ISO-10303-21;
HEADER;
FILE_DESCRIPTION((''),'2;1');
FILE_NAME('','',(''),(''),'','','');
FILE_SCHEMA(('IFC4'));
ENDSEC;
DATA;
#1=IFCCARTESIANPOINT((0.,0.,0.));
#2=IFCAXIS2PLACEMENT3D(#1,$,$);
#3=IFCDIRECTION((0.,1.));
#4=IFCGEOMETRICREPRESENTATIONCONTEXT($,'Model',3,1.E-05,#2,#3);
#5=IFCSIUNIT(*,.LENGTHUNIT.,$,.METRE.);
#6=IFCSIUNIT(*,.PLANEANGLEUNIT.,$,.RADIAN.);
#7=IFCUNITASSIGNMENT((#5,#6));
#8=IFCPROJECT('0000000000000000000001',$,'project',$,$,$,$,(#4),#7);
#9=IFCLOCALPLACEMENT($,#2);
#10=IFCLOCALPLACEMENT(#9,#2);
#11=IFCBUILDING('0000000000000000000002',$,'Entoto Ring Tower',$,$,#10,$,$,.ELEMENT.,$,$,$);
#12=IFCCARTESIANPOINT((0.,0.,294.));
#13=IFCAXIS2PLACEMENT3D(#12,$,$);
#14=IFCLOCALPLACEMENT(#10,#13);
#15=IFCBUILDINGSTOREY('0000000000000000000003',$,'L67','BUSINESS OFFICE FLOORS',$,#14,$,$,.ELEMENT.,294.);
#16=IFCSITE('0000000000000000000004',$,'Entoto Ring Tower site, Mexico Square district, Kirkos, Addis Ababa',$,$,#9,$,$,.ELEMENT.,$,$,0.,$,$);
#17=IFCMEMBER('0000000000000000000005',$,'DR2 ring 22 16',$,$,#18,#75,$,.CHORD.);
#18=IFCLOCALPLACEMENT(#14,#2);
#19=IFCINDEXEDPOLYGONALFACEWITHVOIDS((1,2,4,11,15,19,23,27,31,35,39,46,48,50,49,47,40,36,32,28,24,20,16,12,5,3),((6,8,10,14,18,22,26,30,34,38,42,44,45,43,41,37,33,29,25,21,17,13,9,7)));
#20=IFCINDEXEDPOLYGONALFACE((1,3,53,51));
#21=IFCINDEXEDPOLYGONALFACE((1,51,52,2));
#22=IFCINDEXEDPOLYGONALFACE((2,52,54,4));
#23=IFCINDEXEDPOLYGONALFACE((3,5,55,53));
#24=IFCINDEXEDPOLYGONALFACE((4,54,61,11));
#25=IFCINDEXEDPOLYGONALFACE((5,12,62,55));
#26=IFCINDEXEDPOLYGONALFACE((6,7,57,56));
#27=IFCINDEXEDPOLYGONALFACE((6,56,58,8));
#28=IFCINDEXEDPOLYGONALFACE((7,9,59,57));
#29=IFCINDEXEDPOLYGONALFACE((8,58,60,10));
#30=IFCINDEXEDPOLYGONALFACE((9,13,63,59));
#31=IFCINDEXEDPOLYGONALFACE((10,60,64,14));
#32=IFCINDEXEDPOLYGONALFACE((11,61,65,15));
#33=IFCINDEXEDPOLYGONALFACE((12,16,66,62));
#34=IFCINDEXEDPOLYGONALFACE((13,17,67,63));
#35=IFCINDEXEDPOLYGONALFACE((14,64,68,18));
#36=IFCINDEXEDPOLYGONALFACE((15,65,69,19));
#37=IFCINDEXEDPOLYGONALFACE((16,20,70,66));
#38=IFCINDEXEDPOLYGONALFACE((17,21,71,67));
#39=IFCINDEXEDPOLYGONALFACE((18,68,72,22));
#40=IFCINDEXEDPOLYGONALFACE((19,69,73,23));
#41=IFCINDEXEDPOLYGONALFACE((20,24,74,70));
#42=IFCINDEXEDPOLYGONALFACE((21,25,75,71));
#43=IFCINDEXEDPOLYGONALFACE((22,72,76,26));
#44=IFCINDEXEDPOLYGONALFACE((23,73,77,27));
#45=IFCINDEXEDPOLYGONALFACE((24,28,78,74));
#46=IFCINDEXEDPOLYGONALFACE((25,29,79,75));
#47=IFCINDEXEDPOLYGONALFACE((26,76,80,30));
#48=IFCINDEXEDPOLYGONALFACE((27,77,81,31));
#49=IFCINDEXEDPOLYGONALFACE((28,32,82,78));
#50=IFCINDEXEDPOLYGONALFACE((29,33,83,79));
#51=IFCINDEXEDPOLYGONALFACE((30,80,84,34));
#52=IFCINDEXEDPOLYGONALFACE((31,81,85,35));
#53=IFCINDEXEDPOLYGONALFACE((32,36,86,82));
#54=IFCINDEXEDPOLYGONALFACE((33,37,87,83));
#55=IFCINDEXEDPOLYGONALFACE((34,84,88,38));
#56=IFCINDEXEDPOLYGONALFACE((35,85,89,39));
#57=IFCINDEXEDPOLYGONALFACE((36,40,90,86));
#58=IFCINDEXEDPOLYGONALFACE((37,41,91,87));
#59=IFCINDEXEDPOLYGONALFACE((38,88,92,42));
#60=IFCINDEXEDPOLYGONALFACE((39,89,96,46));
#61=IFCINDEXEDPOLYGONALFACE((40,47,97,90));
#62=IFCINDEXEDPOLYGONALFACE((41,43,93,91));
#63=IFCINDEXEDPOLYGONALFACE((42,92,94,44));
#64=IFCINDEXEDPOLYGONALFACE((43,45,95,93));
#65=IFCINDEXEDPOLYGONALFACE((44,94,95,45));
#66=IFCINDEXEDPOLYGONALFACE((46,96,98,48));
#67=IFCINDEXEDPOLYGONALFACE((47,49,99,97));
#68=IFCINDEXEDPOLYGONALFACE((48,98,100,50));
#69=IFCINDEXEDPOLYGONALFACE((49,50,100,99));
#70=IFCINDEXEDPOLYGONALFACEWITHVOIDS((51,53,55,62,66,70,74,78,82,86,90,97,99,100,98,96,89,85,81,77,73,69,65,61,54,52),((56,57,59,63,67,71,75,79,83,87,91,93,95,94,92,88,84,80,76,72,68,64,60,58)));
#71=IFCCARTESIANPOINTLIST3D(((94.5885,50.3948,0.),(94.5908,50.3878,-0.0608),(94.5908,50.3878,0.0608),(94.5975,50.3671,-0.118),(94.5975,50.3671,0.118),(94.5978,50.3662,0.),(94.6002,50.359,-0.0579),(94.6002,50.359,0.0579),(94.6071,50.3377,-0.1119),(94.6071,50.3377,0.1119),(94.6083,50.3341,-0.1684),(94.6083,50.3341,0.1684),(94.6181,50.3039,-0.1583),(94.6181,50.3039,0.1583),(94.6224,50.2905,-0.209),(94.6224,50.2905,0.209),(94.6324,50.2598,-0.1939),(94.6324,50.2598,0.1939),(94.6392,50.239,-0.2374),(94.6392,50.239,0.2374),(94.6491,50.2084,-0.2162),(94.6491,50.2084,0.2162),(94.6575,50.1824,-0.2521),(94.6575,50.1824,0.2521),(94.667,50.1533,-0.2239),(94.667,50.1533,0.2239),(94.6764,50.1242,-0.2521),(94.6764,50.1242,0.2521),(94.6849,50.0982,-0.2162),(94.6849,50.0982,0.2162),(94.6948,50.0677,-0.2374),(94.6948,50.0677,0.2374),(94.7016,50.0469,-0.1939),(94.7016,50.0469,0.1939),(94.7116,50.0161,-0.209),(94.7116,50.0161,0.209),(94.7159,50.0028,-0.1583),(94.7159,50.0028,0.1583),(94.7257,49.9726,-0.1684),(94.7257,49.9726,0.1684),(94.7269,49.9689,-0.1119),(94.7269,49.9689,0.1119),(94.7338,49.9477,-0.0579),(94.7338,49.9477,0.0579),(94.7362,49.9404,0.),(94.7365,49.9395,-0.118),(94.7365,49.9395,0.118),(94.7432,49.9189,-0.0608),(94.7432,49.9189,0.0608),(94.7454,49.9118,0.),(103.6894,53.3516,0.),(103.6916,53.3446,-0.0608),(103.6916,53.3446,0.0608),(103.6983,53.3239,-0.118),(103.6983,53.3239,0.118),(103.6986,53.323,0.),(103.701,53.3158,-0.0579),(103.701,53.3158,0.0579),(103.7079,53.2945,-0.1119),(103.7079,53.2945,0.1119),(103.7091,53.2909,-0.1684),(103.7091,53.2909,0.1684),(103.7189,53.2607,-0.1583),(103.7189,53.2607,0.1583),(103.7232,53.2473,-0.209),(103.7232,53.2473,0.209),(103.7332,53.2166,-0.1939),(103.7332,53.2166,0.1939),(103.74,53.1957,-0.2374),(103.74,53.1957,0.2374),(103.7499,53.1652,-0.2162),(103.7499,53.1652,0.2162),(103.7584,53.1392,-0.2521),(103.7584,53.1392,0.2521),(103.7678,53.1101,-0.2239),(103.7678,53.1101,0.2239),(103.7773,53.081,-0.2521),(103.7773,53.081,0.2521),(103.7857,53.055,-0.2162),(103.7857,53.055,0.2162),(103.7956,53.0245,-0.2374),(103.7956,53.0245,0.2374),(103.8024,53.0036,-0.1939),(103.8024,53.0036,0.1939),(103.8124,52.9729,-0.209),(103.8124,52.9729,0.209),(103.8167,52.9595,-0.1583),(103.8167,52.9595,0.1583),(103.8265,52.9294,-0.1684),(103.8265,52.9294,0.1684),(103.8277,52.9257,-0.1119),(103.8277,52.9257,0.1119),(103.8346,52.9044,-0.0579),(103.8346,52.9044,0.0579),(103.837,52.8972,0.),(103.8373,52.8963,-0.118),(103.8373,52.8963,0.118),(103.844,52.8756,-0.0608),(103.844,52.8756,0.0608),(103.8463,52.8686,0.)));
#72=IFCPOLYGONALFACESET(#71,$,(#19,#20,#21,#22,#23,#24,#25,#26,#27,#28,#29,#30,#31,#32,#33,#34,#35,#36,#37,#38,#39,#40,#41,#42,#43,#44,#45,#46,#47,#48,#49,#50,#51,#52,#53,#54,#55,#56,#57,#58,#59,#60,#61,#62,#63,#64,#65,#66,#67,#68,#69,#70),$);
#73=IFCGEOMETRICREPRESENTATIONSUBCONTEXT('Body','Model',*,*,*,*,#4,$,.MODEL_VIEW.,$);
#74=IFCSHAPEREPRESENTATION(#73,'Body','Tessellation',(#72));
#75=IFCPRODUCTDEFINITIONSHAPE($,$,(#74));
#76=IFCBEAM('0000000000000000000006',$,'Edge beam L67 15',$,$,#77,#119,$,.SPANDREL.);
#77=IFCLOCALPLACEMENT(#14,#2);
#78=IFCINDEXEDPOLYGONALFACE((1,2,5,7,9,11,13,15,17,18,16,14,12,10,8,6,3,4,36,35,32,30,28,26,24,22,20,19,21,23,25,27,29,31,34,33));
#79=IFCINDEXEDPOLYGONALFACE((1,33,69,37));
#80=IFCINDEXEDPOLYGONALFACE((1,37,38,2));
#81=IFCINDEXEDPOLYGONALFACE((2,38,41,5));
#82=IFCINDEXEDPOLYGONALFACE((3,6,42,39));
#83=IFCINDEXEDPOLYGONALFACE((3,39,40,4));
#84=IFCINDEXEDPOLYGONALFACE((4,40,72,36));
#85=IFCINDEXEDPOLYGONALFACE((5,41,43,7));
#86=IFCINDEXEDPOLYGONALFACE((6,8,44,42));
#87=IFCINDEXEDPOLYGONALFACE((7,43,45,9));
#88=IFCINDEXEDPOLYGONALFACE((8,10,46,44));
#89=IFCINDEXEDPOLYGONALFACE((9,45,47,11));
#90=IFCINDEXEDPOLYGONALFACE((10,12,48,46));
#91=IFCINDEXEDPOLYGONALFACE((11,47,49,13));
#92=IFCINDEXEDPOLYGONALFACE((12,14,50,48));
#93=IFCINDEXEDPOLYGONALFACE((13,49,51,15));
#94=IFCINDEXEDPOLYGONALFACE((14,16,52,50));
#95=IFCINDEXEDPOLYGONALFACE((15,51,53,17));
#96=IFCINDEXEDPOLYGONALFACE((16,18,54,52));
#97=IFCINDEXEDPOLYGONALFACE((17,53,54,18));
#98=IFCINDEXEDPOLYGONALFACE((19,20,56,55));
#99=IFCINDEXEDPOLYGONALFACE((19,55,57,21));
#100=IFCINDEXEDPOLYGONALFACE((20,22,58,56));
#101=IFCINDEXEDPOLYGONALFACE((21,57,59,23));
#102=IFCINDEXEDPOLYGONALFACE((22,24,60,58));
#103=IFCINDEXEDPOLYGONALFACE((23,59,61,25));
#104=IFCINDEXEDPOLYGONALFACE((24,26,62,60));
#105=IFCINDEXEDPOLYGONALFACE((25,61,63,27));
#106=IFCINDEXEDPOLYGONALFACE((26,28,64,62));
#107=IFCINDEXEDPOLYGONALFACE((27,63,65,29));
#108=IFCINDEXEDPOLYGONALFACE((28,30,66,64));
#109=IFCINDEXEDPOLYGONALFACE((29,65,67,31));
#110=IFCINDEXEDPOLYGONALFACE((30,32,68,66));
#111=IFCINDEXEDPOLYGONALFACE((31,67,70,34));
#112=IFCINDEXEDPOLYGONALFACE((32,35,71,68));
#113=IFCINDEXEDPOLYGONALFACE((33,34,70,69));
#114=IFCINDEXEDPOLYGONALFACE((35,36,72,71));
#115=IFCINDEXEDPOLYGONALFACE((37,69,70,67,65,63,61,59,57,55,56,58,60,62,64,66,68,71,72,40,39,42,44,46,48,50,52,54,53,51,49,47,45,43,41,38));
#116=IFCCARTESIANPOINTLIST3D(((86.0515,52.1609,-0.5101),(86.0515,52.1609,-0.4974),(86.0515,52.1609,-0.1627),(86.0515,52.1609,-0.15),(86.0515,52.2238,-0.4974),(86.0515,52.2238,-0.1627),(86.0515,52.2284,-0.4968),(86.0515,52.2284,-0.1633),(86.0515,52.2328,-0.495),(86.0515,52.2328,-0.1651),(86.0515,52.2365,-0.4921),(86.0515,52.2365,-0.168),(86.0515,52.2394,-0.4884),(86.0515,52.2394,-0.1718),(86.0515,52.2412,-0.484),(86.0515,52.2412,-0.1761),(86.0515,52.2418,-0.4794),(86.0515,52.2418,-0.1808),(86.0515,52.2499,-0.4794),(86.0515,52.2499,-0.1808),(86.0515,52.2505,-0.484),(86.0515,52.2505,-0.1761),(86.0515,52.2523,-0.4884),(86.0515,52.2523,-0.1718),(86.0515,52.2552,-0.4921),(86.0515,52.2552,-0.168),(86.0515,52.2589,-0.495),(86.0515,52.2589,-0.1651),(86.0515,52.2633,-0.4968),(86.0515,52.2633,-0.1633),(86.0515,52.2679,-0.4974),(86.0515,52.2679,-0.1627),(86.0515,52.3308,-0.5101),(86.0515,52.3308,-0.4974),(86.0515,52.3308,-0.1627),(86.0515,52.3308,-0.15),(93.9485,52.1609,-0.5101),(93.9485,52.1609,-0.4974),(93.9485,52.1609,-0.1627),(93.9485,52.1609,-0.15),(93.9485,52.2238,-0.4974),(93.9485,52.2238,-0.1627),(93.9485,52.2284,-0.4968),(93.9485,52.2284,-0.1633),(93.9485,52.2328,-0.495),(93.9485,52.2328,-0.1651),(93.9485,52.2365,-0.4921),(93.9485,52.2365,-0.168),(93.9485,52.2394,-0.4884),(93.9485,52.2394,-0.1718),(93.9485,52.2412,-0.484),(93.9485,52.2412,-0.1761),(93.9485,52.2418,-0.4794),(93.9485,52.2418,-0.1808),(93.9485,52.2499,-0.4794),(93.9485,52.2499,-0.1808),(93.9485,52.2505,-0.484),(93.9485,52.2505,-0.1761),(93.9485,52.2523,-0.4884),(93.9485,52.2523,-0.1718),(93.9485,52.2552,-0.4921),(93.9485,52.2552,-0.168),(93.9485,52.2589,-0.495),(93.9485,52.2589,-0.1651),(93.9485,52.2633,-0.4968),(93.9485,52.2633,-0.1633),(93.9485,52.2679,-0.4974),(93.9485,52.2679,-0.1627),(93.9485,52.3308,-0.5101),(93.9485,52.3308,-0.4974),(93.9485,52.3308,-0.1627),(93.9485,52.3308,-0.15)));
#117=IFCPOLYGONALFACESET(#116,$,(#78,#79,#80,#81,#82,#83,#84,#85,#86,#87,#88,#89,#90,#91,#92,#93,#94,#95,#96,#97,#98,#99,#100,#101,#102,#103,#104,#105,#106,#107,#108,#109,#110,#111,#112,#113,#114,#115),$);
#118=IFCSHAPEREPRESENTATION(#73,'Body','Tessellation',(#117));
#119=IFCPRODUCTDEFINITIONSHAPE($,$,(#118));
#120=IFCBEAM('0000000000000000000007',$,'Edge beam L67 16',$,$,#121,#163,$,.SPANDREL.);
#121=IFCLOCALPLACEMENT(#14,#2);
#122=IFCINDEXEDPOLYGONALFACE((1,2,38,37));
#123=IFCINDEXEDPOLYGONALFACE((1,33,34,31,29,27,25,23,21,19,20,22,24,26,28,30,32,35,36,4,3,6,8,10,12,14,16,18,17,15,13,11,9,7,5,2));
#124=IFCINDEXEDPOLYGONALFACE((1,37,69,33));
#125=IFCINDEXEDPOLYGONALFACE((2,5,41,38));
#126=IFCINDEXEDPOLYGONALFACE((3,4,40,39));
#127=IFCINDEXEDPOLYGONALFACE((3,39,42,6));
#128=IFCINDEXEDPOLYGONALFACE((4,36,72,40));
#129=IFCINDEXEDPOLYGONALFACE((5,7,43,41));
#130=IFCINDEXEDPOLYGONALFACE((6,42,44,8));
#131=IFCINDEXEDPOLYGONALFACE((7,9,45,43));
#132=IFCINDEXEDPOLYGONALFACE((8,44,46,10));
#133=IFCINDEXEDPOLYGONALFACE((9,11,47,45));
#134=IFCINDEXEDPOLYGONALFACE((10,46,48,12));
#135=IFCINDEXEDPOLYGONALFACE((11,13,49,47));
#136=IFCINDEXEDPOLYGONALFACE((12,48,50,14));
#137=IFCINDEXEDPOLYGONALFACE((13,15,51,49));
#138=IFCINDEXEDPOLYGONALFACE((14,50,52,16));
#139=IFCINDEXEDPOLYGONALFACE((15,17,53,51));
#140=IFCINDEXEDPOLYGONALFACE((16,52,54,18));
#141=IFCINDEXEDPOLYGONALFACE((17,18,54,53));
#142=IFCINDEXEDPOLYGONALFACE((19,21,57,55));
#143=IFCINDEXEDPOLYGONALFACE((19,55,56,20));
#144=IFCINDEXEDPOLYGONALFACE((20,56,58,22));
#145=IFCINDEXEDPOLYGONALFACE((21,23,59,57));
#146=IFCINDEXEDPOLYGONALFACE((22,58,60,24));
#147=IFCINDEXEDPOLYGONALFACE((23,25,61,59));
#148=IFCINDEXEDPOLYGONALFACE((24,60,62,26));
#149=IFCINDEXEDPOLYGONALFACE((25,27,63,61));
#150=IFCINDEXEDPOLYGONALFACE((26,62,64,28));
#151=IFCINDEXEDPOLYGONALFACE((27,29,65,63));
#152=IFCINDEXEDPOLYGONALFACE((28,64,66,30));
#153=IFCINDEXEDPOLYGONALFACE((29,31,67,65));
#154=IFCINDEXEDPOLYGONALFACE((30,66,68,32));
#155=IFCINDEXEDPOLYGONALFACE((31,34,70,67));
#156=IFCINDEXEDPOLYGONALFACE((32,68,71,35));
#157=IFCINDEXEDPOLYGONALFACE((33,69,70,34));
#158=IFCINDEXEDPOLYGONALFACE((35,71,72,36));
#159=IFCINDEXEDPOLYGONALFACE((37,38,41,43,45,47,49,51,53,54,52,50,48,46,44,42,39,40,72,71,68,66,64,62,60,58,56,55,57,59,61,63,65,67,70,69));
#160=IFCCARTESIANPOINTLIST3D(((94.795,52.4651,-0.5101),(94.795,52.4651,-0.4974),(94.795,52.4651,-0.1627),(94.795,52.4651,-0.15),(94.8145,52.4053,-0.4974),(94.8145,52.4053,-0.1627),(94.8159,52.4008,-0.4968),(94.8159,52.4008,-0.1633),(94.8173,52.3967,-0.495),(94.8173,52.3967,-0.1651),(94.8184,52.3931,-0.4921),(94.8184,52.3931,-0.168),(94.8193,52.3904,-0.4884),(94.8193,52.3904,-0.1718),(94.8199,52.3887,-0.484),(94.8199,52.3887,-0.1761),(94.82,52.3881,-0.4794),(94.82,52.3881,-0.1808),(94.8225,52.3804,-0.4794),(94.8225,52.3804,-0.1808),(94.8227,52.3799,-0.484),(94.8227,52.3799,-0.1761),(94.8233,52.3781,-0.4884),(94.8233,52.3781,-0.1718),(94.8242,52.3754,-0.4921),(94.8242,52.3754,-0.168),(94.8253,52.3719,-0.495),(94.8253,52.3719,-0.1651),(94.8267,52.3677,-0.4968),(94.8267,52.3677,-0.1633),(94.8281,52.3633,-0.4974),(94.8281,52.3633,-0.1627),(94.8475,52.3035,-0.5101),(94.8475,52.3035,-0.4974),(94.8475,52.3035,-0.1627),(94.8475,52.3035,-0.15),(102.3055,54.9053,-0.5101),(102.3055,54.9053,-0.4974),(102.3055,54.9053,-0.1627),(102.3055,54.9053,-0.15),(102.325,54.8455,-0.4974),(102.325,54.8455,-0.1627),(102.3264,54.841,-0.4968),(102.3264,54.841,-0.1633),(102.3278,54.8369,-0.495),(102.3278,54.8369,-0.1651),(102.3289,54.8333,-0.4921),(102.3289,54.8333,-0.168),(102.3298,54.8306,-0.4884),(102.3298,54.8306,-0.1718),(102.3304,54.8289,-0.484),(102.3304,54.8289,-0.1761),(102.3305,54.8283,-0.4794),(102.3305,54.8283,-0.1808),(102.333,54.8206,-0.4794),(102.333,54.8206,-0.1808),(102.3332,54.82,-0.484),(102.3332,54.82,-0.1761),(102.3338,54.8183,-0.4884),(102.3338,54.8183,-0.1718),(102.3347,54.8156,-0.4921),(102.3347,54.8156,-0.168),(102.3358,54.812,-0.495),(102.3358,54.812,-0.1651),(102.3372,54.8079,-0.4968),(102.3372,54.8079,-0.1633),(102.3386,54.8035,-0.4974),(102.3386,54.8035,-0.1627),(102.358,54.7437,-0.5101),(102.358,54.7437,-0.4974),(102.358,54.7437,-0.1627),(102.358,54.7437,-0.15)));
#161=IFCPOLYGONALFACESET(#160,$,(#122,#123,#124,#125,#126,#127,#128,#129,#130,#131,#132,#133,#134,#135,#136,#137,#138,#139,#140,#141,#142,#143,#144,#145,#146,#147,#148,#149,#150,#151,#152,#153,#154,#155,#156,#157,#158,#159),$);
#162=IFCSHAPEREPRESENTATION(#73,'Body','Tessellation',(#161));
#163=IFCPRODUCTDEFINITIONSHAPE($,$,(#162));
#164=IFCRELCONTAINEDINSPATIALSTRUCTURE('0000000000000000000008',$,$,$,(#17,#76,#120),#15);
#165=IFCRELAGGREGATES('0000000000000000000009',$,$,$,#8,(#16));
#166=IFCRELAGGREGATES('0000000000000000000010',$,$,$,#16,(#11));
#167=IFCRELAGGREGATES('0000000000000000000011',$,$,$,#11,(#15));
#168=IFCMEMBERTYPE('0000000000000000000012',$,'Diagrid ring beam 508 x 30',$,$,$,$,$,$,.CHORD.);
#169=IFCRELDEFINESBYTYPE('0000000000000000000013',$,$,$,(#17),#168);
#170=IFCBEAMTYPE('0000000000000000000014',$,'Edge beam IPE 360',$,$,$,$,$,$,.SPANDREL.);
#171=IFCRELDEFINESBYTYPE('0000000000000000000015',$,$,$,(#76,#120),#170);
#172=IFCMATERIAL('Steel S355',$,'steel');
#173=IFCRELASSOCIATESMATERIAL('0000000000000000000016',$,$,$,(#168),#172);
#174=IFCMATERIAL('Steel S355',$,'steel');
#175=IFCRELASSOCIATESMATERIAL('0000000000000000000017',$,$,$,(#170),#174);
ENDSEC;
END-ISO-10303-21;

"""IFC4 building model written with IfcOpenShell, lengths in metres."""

from ifc_helpers import new_model, si_unit, direction, frame, origin, origin_2d, place, context, subcontext, project, spatial, circle, hollow_circle, i_section, extrude, material, material_profile, profile_set, type_object, element, save


model = new_model("IFC4")

# Units and contexts
model_context = context("Model", 3, precision=1e-05, world=origin(), true_north=direction((0.0, 1.0)))
body_context = subcontext(model_context, "Body", "Model", "MODEL_VIEW")
ifc_project = project(units=[si_unit("LENGTHUNIT", "METRE"), si_unit("PLANEANGLEUNIT", "RADIAN")], contexts=[model_context])

# Site, building, storey
site_placement = place(None, origin())
site = spatial("IfcSite", under=ifc_project, at=site_placement, Name="Entoto Ring Tower site, Mexico Square district, Kirkos, Addis Ababa", CompositionType="ELEMENT", RefElevation=0.0)
building_placement = place(site_placement, origin())
building = spatial("IfcBuilding", under=site, at=building_placement, Name="Entoto Ring Tower", CompositionType="ELEMENT")
storey_placement = place(building_placement, frame((0.0, 0.0, 294.0)))
storey = spatial("IfcBuildingStorey", under=building, at=storey_placement, Name="L67", Description="BUSINESS OFFICE FLOORS", CompositionType="ELEMENT", Elevation=294.0)

# Member
ifc_material_1 = material(Name="Steel S355", Category="steel")
ifc_material_profile_1 = material_profile(ifc_material_1, hollow_circle(Radius=0.2539, WallThickness=0.03, at=origin_2d()), Name="CHS 508 x 30")
ifc_material_2 = material(Name="Concrete C60/75", Category="concrete")
ifc_material_profile_2 = material_profile(ifc_material_2, circle(Radius=0.2241, at=origin_2d()), Name="Concrete C60/75 infill")
ifc_profile_set_1 = profile_set([ifc_material_profile_1, ifc_material_profile_2], Name="Steel S355")
member_type = type_object("IfcMemberType", Name="Diagrid ring beam 508 x 30", PredefinedType="CHORD", material=ifc_profile_set_1)
member_placement = place(storey_placement, frame((94.667, 50.1533, 0.0), z_axis=(0.951064, 0.308993, 0.0), x_axis=(-0.308993, 0.951064, 0.0)))
element("IfcMember", 1, at=member_placement, inside=storey, type_object=member_type, Name="DR2 ring 22 16", PredefinedType="CHORD", context=body_context, shape_type="SweptSolid", body=[
    extrude(hollow_circle(Radius=0.2539, WallThickness=0.03, at=origin_2d()), origin(), (0.0, 0.0, 1.0), 9.5691),
])

# Beams
ifc_material_3 = material(Name="Steel S355", Category="steel")
ifc_material_profile_3 = material_profile(ifc_material_3, i_section(OverallWidth=0.1699, OverallDepth=0.3601, WebThickness=0.0081, FlangeThickness=0.0127, FilletRadius=0.0181, at=origin_2d()), Name="IPE 360")
ifc_profile_set_2 = profile_set([ifc_material_profile_3], Name="Steel S355")
beam_type_1 = type_object("IfcBeamType", Name="Edge beam IPE 360", PredefinedType="SPANDREL", material=ifc_profile_set_2)
for number, where, z_axis, x_axis, name in (
    (2, (86.0515, 52.2458, -0.3301), (1.0, 0.0, 0.0), (0.0, 1.0, 0.0), "Edge beam L67 15"),
    (3, (94.8213, 52.3843, -0.3301), (0.951061, 0.309003, 0.0), (-0.309003, 0.951061, 0.0), "Edge beam L67 16"),
):
    element("IfcBeam", number, at=place(storey_placement, frame(where, z_axis=z_axis, x_axis=x_axis)), inside=storey, type_object=beam_type_1, Name=name, PredefinedType="SPANDREL", context=body_context, shape_type="SweptSolid", body=[
        extrude(i_section(OverallWidth=0.1699, OverallDepth=0.3601, WebThickness=0.0081, FlangeThickness=0.0127, FilletRadius=0.0181, at=origin_2d()), origin(), (0.0, 0.0, 1.0), 7.897),
    ])

save(model, "model.ifc")
